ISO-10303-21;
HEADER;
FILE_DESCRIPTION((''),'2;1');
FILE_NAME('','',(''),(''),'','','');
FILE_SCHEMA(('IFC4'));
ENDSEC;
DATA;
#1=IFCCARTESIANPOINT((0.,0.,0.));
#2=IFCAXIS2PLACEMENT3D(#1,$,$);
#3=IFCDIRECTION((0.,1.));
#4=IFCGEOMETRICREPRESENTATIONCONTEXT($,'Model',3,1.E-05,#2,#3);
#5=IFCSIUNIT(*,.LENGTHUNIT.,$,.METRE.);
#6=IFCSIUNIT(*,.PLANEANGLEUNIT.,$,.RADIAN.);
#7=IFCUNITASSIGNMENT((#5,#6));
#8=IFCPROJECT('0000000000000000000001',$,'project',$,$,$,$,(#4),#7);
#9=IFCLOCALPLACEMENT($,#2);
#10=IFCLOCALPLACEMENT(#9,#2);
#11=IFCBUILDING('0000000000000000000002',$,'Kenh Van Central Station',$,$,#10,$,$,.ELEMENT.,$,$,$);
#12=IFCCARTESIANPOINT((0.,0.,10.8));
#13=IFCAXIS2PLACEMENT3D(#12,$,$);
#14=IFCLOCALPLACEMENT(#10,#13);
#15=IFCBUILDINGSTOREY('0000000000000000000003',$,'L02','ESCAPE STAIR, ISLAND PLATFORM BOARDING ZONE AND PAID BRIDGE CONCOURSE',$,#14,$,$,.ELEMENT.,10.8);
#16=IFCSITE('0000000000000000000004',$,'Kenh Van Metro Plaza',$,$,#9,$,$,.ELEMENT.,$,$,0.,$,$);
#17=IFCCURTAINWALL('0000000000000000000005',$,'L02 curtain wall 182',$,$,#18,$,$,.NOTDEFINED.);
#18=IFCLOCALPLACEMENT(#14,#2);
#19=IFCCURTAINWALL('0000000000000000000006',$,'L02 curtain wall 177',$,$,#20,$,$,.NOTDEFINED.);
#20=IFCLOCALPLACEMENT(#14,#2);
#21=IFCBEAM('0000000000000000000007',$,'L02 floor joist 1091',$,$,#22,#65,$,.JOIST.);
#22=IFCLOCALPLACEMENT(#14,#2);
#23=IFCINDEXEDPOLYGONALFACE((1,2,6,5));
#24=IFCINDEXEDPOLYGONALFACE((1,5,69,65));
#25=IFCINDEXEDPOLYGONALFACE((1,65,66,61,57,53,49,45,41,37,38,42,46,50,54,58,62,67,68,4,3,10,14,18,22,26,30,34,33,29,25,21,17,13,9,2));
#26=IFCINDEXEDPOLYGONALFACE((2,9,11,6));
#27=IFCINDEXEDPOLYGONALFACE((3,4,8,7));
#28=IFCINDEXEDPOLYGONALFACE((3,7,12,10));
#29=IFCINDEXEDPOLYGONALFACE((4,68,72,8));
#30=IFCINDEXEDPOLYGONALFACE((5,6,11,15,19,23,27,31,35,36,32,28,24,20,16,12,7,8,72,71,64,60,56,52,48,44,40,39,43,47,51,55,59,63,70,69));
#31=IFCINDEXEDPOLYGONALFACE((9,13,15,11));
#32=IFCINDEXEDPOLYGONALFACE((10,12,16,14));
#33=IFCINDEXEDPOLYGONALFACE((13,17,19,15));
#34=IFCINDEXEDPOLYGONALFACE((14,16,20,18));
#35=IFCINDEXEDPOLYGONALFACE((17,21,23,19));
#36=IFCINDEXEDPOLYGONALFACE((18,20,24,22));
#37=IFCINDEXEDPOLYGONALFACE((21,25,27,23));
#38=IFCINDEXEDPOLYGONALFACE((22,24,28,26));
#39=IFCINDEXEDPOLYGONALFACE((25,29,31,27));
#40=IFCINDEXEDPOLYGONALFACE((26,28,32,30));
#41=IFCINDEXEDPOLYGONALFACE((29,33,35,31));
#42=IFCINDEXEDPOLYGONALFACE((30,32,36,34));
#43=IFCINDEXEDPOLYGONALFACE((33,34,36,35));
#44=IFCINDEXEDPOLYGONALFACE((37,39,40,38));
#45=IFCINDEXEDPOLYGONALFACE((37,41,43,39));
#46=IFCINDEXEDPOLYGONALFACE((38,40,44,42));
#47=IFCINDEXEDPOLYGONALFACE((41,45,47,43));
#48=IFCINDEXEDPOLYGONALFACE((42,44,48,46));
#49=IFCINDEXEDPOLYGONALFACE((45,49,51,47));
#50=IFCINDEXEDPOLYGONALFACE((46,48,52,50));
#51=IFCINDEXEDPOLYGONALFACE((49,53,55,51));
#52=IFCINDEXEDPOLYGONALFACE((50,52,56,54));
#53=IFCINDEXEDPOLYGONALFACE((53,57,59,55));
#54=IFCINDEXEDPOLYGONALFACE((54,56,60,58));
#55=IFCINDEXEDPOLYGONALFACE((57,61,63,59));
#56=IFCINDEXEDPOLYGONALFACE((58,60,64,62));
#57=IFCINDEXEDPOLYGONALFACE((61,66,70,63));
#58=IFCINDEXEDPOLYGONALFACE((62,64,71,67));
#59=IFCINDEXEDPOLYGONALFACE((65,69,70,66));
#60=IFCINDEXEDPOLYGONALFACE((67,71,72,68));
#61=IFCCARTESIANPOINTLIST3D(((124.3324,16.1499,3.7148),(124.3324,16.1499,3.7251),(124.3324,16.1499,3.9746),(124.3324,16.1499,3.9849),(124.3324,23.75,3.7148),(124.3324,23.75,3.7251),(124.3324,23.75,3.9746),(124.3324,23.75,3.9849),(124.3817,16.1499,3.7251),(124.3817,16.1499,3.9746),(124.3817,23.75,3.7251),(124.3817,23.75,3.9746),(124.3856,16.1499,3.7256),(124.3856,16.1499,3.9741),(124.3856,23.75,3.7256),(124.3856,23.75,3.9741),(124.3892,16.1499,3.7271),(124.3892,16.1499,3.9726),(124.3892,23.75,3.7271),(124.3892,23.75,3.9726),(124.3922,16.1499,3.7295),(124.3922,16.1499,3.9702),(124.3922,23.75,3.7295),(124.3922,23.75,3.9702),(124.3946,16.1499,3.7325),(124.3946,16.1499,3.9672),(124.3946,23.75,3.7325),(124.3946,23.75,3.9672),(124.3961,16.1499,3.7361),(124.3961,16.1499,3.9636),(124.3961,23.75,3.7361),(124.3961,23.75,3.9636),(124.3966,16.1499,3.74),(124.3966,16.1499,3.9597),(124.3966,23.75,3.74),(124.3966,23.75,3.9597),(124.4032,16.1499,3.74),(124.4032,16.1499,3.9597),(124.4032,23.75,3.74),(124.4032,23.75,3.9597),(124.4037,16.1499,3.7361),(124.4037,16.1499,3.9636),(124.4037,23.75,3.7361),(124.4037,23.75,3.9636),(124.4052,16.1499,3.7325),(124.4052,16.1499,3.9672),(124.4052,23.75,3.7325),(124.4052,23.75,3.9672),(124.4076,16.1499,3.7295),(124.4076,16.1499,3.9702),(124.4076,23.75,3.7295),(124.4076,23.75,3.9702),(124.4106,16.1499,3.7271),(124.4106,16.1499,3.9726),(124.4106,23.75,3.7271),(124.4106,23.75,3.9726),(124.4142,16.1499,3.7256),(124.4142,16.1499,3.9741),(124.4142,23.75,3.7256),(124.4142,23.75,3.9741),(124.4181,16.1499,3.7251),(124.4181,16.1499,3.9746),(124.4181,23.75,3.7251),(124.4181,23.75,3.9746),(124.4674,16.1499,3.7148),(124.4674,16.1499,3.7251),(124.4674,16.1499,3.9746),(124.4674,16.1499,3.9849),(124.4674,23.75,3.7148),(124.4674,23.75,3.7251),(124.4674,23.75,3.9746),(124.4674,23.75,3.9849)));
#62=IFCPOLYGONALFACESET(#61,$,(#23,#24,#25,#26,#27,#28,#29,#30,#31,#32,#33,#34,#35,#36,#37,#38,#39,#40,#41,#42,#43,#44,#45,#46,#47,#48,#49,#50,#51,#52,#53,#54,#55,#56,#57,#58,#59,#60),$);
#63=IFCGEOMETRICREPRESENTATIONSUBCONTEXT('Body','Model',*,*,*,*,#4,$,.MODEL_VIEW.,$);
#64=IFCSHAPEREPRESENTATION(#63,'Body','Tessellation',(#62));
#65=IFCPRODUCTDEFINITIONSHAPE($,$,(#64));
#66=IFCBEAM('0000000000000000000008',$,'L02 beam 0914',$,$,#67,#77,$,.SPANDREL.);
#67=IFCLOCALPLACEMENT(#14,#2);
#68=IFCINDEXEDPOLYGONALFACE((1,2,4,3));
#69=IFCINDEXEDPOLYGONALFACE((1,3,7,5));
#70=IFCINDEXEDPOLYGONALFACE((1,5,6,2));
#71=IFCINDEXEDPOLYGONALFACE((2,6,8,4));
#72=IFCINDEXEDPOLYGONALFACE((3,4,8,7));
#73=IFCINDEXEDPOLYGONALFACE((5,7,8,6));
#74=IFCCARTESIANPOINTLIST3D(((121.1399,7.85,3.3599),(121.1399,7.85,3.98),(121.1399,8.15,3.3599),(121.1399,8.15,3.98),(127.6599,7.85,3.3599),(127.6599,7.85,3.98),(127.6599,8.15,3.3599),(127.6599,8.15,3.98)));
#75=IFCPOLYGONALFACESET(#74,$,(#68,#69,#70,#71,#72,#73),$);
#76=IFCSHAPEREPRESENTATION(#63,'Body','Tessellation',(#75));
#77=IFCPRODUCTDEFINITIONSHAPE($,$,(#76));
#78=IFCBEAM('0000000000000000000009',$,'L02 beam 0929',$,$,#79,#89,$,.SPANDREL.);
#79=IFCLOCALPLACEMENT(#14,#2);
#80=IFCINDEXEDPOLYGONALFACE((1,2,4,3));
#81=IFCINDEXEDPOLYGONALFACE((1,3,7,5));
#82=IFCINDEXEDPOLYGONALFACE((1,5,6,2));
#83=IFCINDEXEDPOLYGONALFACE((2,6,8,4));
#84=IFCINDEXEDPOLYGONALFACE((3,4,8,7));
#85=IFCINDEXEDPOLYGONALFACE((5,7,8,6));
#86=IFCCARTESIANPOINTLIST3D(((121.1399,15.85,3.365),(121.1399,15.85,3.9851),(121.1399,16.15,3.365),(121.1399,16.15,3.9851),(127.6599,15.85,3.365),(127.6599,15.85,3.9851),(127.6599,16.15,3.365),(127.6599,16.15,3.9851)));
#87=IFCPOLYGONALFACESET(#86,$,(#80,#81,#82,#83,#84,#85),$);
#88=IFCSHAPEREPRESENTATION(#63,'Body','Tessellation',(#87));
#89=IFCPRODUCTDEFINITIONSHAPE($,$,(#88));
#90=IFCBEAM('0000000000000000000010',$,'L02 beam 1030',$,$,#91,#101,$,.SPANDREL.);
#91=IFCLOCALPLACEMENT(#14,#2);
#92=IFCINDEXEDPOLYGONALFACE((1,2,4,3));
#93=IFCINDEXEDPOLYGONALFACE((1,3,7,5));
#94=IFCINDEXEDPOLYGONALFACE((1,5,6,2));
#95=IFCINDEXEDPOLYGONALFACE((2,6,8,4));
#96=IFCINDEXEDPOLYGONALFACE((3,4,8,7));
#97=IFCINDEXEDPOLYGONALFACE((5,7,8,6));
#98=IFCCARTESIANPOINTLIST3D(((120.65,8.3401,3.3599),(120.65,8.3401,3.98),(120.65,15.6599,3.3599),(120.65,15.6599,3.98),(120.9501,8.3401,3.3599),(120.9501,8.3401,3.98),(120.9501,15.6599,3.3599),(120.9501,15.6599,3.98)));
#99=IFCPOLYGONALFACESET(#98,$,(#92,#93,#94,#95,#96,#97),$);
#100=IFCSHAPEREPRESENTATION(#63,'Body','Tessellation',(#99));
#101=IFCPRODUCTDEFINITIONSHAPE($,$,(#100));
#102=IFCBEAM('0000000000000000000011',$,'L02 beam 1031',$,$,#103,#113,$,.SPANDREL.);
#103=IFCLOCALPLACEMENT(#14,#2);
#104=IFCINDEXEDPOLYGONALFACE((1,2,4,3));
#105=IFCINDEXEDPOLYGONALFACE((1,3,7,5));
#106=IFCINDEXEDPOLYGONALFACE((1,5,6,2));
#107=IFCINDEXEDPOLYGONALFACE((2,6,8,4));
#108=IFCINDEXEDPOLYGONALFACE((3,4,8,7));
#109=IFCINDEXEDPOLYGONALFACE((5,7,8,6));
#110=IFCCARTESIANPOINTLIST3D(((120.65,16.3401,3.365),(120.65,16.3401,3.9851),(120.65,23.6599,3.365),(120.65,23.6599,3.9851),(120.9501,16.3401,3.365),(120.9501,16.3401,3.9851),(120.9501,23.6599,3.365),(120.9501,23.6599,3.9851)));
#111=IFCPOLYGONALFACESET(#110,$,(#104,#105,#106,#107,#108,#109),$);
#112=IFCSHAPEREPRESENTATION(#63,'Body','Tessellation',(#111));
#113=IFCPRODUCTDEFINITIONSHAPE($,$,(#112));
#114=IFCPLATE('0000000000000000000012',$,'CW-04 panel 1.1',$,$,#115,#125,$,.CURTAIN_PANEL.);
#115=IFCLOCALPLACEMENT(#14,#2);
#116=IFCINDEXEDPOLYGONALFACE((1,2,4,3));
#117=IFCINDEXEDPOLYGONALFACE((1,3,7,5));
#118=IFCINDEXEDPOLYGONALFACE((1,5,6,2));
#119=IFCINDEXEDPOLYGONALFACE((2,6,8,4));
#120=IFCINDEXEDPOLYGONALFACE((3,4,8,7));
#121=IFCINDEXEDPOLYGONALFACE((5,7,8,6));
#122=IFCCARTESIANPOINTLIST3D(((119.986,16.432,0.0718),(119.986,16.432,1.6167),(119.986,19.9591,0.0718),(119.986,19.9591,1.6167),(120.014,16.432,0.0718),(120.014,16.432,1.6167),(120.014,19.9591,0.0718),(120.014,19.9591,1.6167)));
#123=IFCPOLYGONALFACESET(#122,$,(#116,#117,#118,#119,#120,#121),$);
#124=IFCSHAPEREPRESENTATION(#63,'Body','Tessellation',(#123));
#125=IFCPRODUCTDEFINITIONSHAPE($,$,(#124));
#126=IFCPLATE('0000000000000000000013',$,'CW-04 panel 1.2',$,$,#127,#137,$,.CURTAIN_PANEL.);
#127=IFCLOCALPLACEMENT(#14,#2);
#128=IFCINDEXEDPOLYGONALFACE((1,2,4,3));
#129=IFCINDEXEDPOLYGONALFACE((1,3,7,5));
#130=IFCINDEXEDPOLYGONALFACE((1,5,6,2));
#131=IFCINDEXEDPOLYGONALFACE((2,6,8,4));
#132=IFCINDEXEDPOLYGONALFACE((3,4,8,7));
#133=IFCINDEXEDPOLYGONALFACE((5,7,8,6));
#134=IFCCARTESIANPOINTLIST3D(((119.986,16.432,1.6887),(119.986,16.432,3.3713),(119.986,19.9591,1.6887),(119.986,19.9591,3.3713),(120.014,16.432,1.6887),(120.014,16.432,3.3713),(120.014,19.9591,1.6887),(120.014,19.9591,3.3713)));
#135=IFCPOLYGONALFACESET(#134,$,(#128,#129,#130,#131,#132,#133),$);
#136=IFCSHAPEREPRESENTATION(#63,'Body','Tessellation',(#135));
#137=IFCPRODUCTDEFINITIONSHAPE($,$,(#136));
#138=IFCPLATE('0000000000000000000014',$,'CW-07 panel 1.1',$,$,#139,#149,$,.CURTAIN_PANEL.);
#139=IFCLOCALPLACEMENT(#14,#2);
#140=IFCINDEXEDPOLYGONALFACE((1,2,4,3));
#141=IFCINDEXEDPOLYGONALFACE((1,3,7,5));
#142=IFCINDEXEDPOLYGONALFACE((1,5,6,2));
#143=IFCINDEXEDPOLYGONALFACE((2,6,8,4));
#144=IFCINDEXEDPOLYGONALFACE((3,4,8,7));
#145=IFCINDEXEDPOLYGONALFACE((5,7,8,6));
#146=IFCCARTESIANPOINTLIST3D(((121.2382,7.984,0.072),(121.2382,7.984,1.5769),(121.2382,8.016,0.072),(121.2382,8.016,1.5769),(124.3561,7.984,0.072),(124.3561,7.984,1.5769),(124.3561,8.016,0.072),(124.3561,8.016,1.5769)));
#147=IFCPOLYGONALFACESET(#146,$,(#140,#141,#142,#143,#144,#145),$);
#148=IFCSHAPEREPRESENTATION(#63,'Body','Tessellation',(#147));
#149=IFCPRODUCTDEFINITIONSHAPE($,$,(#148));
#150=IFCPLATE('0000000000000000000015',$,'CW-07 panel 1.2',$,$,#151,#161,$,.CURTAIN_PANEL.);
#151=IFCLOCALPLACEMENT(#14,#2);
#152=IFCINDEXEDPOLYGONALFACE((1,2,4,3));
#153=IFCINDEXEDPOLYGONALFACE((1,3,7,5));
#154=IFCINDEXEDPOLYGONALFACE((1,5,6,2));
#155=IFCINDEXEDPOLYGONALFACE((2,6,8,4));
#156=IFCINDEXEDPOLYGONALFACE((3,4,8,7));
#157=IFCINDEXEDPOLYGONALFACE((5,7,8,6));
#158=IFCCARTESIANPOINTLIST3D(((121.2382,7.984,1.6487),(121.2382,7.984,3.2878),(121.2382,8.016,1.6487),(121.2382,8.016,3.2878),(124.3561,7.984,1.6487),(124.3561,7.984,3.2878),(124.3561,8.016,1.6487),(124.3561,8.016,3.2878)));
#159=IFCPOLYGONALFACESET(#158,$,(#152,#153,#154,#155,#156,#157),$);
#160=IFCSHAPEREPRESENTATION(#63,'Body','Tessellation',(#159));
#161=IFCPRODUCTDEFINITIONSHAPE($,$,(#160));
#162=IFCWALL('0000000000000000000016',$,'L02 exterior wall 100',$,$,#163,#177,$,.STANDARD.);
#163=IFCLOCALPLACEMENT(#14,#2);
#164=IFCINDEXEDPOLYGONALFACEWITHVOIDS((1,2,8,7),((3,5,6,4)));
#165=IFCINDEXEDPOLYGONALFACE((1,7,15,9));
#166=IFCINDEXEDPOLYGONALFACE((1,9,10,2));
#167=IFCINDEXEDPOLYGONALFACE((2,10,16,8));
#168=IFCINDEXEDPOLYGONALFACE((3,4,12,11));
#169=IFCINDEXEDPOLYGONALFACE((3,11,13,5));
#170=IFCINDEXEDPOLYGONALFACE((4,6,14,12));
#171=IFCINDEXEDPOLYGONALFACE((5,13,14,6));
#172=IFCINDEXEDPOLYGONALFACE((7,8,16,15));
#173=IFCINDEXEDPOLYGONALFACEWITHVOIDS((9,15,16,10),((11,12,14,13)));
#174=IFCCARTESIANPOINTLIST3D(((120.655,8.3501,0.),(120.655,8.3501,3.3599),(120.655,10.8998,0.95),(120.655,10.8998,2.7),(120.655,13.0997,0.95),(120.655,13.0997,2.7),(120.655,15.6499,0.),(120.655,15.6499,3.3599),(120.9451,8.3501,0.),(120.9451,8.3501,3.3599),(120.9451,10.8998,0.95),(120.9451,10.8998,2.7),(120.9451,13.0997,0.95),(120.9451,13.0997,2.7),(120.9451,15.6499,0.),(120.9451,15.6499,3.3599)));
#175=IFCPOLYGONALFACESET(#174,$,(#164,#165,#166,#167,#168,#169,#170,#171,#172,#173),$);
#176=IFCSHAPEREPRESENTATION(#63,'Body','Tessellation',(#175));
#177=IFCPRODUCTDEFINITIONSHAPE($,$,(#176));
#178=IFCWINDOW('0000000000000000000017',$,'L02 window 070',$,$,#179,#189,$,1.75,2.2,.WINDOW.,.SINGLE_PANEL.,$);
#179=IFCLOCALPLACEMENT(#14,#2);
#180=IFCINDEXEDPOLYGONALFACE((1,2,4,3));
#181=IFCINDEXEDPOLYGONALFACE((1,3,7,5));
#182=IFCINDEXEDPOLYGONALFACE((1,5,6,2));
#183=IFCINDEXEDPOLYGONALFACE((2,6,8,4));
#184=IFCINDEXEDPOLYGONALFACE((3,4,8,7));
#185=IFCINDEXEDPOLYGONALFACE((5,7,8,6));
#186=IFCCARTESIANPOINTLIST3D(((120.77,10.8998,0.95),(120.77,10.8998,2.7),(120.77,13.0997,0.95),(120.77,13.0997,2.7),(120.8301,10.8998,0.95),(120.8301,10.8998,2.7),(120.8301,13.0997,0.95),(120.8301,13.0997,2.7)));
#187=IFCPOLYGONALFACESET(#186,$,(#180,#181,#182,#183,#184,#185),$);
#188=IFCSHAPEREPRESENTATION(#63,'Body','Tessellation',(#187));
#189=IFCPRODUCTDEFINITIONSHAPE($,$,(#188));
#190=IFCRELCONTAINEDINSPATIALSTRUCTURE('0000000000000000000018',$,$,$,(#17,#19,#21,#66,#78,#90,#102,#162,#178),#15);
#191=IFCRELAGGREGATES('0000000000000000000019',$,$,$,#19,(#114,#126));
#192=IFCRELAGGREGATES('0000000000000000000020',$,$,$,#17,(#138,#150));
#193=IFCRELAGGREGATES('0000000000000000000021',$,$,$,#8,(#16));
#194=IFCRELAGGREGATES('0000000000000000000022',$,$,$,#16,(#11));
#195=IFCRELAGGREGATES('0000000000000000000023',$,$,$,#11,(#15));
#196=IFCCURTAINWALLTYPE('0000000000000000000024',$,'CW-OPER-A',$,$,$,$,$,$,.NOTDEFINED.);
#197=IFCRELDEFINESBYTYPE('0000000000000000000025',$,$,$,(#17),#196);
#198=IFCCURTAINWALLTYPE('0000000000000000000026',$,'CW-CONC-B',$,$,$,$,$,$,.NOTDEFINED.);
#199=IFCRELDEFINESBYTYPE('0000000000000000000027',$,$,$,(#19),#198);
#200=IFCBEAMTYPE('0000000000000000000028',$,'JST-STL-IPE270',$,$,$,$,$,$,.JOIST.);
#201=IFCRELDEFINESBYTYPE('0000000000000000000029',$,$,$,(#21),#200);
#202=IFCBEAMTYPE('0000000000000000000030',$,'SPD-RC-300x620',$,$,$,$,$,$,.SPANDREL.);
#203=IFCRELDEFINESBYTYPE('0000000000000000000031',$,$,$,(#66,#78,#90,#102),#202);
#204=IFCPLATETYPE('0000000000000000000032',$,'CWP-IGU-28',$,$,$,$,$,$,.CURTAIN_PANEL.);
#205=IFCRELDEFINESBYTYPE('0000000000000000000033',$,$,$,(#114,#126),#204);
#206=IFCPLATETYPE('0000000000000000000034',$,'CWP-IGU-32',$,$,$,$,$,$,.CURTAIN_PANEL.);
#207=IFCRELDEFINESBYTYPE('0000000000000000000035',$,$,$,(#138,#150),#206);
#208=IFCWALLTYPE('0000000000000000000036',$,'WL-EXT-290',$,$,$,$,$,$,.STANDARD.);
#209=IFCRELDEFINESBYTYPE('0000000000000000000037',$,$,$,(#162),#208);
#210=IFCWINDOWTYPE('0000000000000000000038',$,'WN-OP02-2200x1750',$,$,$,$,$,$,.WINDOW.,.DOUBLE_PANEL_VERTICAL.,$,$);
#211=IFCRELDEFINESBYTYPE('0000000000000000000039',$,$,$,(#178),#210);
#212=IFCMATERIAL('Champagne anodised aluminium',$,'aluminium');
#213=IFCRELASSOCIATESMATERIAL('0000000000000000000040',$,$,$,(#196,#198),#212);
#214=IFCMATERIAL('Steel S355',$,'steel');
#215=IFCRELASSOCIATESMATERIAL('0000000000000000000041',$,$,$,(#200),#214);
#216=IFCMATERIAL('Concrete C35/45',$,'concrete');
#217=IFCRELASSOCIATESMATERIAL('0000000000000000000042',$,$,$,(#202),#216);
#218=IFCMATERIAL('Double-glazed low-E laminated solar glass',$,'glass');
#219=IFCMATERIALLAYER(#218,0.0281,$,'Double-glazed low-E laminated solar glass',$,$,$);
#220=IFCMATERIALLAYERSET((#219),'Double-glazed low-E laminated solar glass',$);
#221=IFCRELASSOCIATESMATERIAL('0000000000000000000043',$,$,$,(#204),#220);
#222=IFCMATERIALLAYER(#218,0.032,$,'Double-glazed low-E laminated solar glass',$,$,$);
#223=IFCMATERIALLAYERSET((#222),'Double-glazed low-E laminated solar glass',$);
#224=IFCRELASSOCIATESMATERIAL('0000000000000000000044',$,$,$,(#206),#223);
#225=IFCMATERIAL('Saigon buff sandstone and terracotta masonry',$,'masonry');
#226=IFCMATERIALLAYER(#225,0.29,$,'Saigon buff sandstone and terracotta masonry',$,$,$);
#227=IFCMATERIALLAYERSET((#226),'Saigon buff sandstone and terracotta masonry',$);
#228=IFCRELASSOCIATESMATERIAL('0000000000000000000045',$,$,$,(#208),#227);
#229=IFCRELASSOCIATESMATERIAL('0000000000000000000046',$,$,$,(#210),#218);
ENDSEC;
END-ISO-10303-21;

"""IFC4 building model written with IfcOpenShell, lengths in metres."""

from ifc_helpers import new_model, si_unit, direction, frame, frame_2d, origin, origin_2d, place, context, subcontext, project, spatial, rectangle, i_section, extrude, material, layer, layer_set, material_profile, profile_set, type_object, element, fill, aggregate, save


model = new_model("IFC4")

# Units and contexts
model_context = context("Model", 3, precision=1e-05, world=origin(), true_north=direction((0.0, 1.0)))
body_context = subcontext(model_context, "Body", "Model", "MODEL_VIEW")
ifc_project = project(units=[si_unit("LENGTHUNIT", "METRE"), si_unit("PLANEANGLEUNIT", "RADIAN")], contexts=[model_context])

# Site, building, storey
site_placement = place(None, origin())
site = spatial("IfcSite", under=ifc_project, at=site_placement, Name="Kenh Van Metro Plaza", CompositionType="ELEMENT", RefElevation=0.0)
building_placement = place(site_placement, origin())
building = spatial("IfcBuilding", under=site, at=building_placement, Name="Kenh Van Central Station", CompositionType="ELEMENT")
storey_placement = place(building_placement, frame((0.0, 0.0, 10.8)))
storey = spatial("IfcBuildingStorey", under=building, at=storey_placement, Name="L02", Description="ESCAPE STAIR, ISLAND PLATFORM BOARDING ZONE AND PAID BRIDGE CONCOURSE", CompositionType="ELEMENT", Elevation=10.8)

# Curtain wall
ifc_material_1 = material(Name="Champagne anodised aluminium", Category="aluminium")
curtain_wall_type_1 = type_object("IfcCurtainWallType", Name="CW-OPER-A", PredefinedType="NOTDEFINED", material=ifc_material_1)
curtain_wall_1_placement = place(storey_placement, origin())
curtain_wall_1 = element("IfcCurtainWall", 1, at=curtain_wall_1_placement, inside=storey, type_object=curtain_wall_type_1, Name="L02 curtain wall 182", PredefinedType="NOTDEFINED")

# Curtain wall
curtain_wall_type_2 = type_object("IfcCurtainWallType", Name="CW-CONC-B", PredefinedType="NOTDEFINED", material=ifc_material_1)
curtain_wall_2_placement = place(storey_placement, origin())
curtain_wall_2 = element("IfcCurtainWall", 2, at=curtain_wall_2_placement, inside=storey, type_object=curtain_wall_type_2, Name="L02 curtain wall 177", PredefinedType="NOTDEFINED")

# Beams
ifc_material_2 = material(Name="Steel S355", Category="steel")
ifc_material_profile_1 = material_profile(ifc_material_2, i_section(OverallWidth=0.135, OverallDepth=0.27, WebThickness=0.0066, FlangeThickness=0.0103, FilletRadius=0.0149, at=origin_2d()), Name="IPE 270")
ifc_profile_set_1 = profile_set([ifc_material_profile_1], Name="Steel S355")
beam_type_1 = type_object("IfcBeamType", Name="JST-STL-IPE270", PredefinedType="JOIST", material=ifc_profile_set_1)
beam_placement = place(storey_placement, frame((124.3999, 16.1499, 3.8499), z_axis=(0.0, 1.0, 0.0), x_axis=(-1.0, 0.0, 0.0)))
element("IfcBeam", 3, at=beam_placement, inside=storey, type_object=beam_type_1, Name="L02 floor joist 1091", PredefinedType="JOIST", context=body_context, shape_type="SweptSolid", body=[
    extrude(i_section(OverallWidth=0.135, OverallDepth=0.27, WebThickness=0.0066, FlangeThickness=0.0103, FilletRadius=0.0149, at=origin_2d()), origin(), (0.0, 0.0, 1.0), 7.6001),
])
ifc_material_3 = material(Name="Concrete C35/45", Category="concrete")
ifc_material_profile_2 = material_profile(ifc_material_3, rectangle(XDim=0.3, YDim=0.6201, at=origin_2d()), Name="RC 300x620")
ifc_profile_set_2 = profile_set([ifc_material_profile_2], Name="Concrete C35/45")
beam_type_2 = type_object("IfcBeamType", Name="SPD-RC-300x620", PredefinedType="SPANDREL", material=ifc_profile_set_2)
for number, where, z_axis, x_axis, name in (
    (4, (121.1399, 8.0, 3.6699), (1.0, 0.0, 0.0), (0.0, 1.0, 0.0), "L02 beam 0914"),
    (5, (121.1399, 16.0, 3.675), (1.0, 0.0, 0.0), (0.0, 1.0, 0.0), "L02 beam 0929"),
):
    element("IfcBeam", number, at=place(storey_placement, frame(where, z_axis=z_axis, x_axis=x_axis)), inside=storey, type_object=beam_type_2, Name=name, PredefinedType="SPANDREL", context=body_context, shape_type="SweptSolid", body=[
        extrude(rectangle(XDim=0.3, YDim=0.6201, at=origin_2d()), origin(), (0.0, 0.0, 1.0), 6.52),
    ])
for number, where, z_axis, x_axis, name in (
    (6, (120.8, 8.3401, 3.6699), (0.0, 1.0, 0.0), (-1.0, 0.0, 0.0), "L02 beam 1030"),
    (7, (120.8, 16.3401, 3.675), (0.0, 1.0, 0.0), (-1.0, 0.0, 0.0), "L02 beam 1031"),
):
    element("IfcBeam", number, at=place(storey_placement, frame(where, z_axis=z_axis, x_axis=x_axis)), inside=storey, type_object=beam_type_2, Name=name, PredefinedType="SPANDREL", context=body_context, shape_type="SweptSolid", body=[
        extrude(rectangle(XDim=0.3, YDim=0.6201, at=origin_2d()), origin(), (0.0, 0.0, 1.0), 7.3198),
    ])

# Plates
ifc_material_4 = material(Name="Double-glazed low-E laminated solar glass", Category="glass")
ifc_layer_1 = layer(ifc_material_4, 0.0281, Name="Double-glazed low-E laminated solar glass")
ifc_layer_set_1 = layer_set([ifc_layer_1], Name="Double-glazed low-E laminated solar glass")
plate_type_1 = type_object("IfcPlateType", Name="CWP-IGU-28", PredefinedType="CURTAIN_PANEL", material=ifc_layer_set_1)
plate_1_placement = place(storey_placement, frame((120.0, 18.1956, 0.0718), z_axis=(0.0, 0.0, 1.0), x_axis=(0.0, 1.0, 0.0)))
plate_1 = element("IfcPlate", 8, at=plate_1_placement, type_object=plate_type_1, Name="CW-04 panel 1.1", PredefinedType="CURTAIN_PANEL", context=body_context, shape_type="SweptSolid", body=[
    extrude(rectangle(XDim=3.5271, YDim=0.0281, at=origin_2d()), origin(), (0.0, 0.0, 1.0), 1.5449),
])
plate_2_placement = place(storey_placement, frame((120.0, 18.1956, 1.6887), z_axis=(0.0, 0.0, 1.0), x_axis=(0.0, 1.0, 0.0)))
plate_2 = element("IfcPlate", 9, at=plate_2_placement, type_object=plate_type_1, Name="CW-04 panel 1.2", PredefinedType="CURTAIN_PANEL", context=body_context, shape_type="SweptSolid", body=[
    extrude(rectangle(XDim=3.5271, YDim=0.0281, at=origin_2d()), origin(), (0.0, 0.0, 1.0), 1.6826),
])
aggregate(curtain_wall_2, [plate_1, plate_2])
ifc_layer_2 = layer(ifc_material_4, 0.032, Name="Double-glazed low-E laminated solar glass")
ifc_layer_set_2 = layer_set([ifc_layer_2], Name="Double-glazed low-E laminated solar glass")
plate_type_2 = type_object("IfcPlateType", Name="CWP-IGU-32", PredefinedType="CURTAIN_PANEL", material=ifc_layer_set_2)
plate_3_placement = place(storey_placement, frame((122.7971, 8.0, 0.072), z_axis=(0.0, 0.0, 1.0), x_axis=(1.0, 0.0, 0.0)))
plate_3 = element("IfcPlate", 10, at=plate_3_placement, type_object=plate_type_2, Name="CW-07 panel 1.1", PredefinedType="CURTAIN_PANEL", context=body_context, shape_type="SweptSolid", body=[
    extrude(rectangle(XDim=3.1179, YDim=0.032, at=origin_2d()), origin(), (0.0, 0.0, 1.0), 1.5049),
])
plate_4_placement = place(storey_placement, frame((122.7971, 8.0, 1.6487), z_axis=(0.0, 0.0, 1.0), x_axis=(1.0, 0.0, 0.0)))
plate_4 = element("IfcPlate", 11, at=plate_4_placement, type_object=plate_type_2, Name="CW-07 panel 1.2", PredefinedType="CURTAIN_PANEL", context=body_context, shape_type="SweptSolid", body=[
    extrude(rectangle(XDim=3.1179, YDim=0.032, at=origin_2d()), origin(), (0.0, 0.0, 1.0), 1.6392),
])
aggregate(curtain_wall_1, [plate_3, plate_4])

# Wall, opening, window
ifc_material_5 = material(Name="Saigon buff sandstone and terracotta masonry", Category="masonry")
ifc_layer_3 = layer(ifc_material_5, 0.29, Name="Saigon buff sandstone and terracotta masonry")
ifc_layer_set_3 = layer_set([ifc_layer_3], Name="Saigon buff sandstone and terracotta masonry")
wall_type_1 = type_object("IfcWallType", Name="WL-EXT-290", PredefinedType="STANDARD", material=ifc_layer_set_3)
wall_1_placement = place(storey_placement, frame((120.8, 15.6499, 0.0), z_axis=(0.0, 0.0, 1.0), x_axis=(0.0, -1.0, 0.0)))
wall_1 = element("IfcWall", 12, at=wall_1_placement, inside=storey, type_object=wall_type_1, Name="L02 exterior wall 100", PredefinedType="STANDARD", context=body_context, shape_type="SweptSolid", body=[
    extrude(rectangle(XDim=7.2998, YDim=0.29, at=frame_2d((3.6499, 0.0))), origin(), (0.0, 0.0, 1.0), 3.3599),
])
opening_placement = place(wall_1_placement, frame((2.55, 0.0, 0.95)))
opening = element("IfcOpeningElement", 13, at=opening_placement, cuts=wall_1, PredefinedType="OPENING", context=body_context, shape_type="SweptSolid", body=[
    extrude(rectangle(XDim=2.2, YDim=1.75, at=frame_2d((1.1001, 0.875))), frame((0.0, 0.155, 0.0), z_axis=(0.0, -1.0, 0.0), x_axis=(1.0, 0.0, 0.0)), (0.0, 0.0, 1.0), 0.3101),
])
window_type = type_object("IfcWindowType", Name="WN-OP02-2200x1750", PartitioningType="DOUBLE_PANEL_VERTICAL", PredefinedType="WINDOW", material=ifc_material_4)
window_placement = place(opening_placement, origin())
window = element("IfcWindow", 14, at=window_placement, inside=storey, type_object=window_type, Name="L02 window 070", OverallHeight=1.75, OverallWidth=2.2, PartitioningType="SINGLE_PANEL", PredefinedType="WINDOW", context=body_context, shape_type="SweptSolid", body=[
    extrude(rectangle(XDim=2.2, YDim=1.75, at=frame_2d((1.1001, 0.875))), frame((0.0, 0.03, 0.0), z_axis=(0.0, -1.0, 0.0), x_axis=(1.0, 0.0, 0.0)), (0.0, 0.0, 1.0), 0.0601),
])
fill(opening, window)

save(model, "model.ifc")
